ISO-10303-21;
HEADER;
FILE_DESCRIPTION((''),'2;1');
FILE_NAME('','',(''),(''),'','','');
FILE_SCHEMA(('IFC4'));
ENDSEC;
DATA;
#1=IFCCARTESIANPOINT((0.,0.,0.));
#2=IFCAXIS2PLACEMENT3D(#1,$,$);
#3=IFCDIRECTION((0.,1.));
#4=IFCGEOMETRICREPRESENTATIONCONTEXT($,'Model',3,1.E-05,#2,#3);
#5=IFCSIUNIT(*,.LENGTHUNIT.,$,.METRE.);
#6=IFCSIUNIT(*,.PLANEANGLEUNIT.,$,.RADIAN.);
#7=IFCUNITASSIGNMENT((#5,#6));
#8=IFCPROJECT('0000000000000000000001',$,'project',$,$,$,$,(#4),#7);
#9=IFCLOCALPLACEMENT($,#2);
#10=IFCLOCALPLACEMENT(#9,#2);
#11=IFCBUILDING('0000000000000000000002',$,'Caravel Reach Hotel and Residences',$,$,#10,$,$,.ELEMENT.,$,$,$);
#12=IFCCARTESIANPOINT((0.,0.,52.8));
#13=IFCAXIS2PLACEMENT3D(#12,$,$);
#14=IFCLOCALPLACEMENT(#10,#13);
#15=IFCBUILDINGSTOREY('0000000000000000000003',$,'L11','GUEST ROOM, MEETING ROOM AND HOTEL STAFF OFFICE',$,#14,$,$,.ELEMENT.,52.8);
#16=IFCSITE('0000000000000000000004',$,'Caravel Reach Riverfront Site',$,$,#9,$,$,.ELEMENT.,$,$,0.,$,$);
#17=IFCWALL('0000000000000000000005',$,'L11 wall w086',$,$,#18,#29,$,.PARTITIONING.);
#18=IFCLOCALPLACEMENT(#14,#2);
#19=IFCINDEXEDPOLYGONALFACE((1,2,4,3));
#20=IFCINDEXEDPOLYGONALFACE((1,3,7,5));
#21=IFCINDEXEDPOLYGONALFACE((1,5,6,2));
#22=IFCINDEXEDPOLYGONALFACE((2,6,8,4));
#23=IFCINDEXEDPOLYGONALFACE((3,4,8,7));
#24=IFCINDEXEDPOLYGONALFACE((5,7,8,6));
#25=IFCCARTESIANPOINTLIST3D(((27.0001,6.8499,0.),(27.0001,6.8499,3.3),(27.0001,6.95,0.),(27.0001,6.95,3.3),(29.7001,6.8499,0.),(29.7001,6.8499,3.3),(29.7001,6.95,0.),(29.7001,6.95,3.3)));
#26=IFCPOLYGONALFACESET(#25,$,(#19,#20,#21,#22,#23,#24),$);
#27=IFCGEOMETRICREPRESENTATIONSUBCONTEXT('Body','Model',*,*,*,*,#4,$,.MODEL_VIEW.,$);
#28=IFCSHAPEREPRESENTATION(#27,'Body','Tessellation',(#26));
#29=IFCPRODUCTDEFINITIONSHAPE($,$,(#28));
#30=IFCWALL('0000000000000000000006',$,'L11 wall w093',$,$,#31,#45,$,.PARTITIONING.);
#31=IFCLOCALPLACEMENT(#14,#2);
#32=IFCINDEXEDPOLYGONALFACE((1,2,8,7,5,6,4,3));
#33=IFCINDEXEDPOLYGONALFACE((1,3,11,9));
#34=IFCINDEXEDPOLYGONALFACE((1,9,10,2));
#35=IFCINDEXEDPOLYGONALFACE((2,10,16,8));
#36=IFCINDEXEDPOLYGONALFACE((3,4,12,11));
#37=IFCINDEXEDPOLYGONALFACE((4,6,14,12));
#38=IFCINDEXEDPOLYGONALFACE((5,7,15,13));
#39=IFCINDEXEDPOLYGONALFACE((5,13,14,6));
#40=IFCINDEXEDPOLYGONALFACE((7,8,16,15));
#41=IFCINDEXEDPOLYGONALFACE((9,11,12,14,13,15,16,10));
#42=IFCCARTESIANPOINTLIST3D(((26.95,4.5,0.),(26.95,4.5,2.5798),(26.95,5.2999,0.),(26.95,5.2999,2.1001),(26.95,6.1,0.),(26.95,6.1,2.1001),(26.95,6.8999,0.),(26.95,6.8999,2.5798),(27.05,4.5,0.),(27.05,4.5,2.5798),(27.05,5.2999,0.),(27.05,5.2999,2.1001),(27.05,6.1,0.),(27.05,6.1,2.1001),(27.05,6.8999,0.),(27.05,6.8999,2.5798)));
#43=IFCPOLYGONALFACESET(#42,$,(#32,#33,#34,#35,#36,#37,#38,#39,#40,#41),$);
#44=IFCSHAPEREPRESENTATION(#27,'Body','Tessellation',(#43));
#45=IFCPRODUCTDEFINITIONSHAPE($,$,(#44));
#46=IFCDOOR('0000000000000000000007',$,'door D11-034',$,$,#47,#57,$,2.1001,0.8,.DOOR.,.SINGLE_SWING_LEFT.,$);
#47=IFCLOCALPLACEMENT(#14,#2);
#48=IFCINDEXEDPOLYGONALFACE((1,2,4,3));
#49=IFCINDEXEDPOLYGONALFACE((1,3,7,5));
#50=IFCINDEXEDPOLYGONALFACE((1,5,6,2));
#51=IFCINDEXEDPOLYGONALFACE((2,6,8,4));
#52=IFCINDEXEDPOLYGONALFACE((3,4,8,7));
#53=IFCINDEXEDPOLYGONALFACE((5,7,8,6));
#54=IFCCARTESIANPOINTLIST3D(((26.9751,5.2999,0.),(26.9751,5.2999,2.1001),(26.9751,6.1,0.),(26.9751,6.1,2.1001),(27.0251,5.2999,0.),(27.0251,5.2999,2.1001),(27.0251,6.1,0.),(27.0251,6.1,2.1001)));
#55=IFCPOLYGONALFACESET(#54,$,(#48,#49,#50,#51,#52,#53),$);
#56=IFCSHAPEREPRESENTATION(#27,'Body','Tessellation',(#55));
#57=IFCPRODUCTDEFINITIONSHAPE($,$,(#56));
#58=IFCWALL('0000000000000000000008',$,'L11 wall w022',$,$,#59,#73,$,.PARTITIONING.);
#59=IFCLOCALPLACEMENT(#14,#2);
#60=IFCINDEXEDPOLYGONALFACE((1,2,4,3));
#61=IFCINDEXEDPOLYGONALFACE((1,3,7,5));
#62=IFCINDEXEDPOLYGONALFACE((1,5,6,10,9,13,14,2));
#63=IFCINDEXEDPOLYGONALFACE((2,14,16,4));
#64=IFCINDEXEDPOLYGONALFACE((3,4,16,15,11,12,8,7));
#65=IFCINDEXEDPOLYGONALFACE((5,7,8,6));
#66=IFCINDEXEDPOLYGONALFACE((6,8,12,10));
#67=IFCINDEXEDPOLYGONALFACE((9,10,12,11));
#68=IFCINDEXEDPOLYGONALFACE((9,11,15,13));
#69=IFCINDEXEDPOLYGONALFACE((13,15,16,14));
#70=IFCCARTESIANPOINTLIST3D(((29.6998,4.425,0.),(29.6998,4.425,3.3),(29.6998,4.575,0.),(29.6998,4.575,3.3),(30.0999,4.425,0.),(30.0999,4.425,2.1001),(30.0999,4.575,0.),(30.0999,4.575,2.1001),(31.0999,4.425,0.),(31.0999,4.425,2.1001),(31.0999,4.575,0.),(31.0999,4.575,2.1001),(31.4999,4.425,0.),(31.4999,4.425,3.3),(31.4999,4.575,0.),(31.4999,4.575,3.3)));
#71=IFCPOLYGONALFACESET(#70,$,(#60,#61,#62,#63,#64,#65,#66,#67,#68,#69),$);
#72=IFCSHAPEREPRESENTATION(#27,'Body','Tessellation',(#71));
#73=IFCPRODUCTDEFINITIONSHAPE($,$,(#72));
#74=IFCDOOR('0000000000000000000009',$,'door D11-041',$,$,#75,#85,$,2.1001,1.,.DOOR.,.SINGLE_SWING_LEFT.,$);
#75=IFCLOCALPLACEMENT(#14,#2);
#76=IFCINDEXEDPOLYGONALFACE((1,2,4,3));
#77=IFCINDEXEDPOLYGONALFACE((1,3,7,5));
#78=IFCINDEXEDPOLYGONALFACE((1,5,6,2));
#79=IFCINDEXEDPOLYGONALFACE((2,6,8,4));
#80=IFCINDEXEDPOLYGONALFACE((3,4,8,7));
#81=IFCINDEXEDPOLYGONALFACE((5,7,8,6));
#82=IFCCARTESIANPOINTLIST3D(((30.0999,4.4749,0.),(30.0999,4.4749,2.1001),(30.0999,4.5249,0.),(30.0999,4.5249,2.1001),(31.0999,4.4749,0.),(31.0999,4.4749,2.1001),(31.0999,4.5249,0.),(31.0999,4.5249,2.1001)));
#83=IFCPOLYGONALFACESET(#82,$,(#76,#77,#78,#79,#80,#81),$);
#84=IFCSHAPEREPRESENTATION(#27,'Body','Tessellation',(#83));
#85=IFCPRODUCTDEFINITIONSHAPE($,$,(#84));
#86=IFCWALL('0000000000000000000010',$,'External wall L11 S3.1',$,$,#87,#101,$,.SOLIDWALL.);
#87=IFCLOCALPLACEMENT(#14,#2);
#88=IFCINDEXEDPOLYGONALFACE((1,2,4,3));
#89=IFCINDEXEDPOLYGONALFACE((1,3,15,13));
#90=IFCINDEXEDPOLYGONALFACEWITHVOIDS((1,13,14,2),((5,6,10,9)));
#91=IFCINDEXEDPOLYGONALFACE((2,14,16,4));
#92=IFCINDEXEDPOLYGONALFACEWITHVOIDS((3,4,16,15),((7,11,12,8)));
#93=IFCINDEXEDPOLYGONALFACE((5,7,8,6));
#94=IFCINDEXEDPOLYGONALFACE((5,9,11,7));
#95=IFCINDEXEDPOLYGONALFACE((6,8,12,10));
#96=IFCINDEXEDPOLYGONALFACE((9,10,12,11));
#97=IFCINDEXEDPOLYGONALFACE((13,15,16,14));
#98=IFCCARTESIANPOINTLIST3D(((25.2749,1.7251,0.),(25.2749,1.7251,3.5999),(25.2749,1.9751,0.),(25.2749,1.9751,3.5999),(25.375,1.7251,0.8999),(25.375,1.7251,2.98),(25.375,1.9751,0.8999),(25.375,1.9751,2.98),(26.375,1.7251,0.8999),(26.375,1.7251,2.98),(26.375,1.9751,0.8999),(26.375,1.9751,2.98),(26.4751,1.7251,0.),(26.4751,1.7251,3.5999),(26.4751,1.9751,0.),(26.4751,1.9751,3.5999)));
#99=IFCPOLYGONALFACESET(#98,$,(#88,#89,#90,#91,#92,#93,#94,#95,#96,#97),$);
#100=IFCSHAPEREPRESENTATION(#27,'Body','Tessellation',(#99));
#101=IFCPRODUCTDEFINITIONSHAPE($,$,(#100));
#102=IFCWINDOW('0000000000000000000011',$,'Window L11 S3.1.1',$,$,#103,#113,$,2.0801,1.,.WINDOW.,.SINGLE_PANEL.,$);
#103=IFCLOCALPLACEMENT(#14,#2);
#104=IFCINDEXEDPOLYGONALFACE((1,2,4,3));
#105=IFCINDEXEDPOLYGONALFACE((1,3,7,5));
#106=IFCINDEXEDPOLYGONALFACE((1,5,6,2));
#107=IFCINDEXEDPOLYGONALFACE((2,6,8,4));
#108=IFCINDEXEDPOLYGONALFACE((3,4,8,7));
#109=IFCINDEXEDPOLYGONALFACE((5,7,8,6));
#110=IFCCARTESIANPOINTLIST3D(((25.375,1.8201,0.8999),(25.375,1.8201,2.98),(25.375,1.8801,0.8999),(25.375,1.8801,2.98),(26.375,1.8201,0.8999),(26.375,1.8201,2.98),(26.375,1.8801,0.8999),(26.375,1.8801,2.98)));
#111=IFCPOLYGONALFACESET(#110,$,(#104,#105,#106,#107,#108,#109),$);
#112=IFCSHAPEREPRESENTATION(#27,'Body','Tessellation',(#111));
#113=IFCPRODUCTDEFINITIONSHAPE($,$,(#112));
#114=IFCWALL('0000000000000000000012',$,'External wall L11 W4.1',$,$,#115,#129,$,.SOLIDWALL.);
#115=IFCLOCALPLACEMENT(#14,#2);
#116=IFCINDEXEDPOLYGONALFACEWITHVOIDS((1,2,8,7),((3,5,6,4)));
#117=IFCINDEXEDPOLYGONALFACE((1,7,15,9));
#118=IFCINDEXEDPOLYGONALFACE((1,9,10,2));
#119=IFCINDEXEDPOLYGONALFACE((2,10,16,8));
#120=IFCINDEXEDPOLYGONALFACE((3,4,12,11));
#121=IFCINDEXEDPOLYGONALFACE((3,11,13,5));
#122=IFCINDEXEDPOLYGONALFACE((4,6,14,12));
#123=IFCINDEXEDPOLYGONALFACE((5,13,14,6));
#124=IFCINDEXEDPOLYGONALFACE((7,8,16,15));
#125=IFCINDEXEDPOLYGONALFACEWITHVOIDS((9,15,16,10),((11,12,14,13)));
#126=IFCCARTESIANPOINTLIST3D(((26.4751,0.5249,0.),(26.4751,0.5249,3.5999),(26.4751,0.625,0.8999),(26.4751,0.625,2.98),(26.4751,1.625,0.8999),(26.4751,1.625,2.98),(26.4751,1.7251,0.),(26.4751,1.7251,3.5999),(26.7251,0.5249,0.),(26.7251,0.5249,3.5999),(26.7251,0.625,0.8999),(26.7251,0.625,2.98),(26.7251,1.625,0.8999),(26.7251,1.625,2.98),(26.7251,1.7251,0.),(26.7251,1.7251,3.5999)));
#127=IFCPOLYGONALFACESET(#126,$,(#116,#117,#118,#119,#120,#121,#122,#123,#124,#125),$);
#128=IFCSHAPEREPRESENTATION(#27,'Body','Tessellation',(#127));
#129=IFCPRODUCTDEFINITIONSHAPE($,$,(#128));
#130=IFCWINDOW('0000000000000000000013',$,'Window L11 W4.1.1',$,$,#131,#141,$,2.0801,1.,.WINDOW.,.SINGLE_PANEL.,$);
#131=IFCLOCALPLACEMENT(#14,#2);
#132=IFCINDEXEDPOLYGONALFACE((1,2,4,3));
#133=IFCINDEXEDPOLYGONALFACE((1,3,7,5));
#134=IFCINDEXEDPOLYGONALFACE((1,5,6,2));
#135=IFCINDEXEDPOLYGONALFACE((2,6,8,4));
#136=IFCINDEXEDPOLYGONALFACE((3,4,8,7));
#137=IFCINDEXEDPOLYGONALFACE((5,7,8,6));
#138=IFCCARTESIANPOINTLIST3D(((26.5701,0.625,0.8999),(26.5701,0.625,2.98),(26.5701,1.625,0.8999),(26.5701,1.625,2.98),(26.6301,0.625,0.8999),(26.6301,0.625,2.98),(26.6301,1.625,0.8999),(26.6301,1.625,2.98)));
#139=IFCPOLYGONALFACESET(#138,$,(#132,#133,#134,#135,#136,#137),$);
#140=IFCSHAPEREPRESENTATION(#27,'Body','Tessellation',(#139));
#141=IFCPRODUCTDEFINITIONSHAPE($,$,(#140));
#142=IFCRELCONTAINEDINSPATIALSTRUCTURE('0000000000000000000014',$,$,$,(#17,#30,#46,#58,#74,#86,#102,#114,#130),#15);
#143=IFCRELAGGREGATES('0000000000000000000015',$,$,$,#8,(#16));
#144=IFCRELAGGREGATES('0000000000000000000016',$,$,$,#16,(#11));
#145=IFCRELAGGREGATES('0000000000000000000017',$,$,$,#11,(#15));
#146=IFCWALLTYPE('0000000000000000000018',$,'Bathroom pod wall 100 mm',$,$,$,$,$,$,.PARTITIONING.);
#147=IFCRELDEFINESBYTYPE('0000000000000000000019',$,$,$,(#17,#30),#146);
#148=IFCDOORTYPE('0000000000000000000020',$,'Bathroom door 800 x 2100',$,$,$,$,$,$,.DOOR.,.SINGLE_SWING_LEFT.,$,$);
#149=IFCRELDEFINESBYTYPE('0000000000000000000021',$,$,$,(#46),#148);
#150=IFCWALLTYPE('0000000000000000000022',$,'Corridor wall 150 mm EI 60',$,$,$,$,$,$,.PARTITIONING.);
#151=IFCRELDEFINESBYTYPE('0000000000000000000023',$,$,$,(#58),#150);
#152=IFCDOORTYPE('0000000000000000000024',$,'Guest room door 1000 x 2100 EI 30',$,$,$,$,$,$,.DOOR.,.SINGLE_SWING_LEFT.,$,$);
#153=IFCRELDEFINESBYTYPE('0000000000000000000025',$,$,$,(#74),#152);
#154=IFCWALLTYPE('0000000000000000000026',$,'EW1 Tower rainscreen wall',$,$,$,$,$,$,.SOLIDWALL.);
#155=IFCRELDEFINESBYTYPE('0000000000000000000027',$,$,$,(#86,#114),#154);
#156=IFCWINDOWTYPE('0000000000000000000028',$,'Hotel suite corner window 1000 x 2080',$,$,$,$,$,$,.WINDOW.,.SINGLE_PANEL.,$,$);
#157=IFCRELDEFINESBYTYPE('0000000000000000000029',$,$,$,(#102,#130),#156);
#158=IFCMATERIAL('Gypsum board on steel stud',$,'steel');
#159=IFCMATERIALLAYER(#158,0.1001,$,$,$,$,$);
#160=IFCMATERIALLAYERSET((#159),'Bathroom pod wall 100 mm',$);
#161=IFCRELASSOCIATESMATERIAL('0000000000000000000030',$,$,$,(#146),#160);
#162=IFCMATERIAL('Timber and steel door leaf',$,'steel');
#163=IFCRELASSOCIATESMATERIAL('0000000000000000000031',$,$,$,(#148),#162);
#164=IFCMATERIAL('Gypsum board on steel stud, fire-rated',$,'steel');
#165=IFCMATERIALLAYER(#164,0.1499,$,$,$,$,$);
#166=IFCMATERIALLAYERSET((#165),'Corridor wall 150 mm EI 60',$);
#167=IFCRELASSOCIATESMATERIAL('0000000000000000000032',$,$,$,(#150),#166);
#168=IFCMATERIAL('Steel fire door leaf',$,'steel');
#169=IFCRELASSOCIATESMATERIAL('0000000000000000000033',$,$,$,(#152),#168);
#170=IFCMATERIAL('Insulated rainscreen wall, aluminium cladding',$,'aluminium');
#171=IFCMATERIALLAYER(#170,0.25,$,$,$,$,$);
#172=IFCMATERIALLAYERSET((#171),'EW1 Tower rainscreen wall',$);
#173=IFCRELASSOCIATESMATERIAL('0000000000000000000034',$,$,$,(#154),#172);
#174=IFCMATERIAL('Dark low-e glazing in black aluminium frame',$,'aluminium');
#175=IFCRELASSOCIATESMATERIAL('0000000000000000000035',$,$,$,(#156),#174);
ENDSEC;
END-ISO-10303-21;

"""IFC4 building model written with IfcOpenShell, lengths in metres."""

from ifc_helpers import new_model, si_unit, direction, frame, frame_2d, origin, place, context, subcontext, project, spatial, rectangle, extrude, material, layer, layer_set, type_object, element, fill, save


model = new_model("IFC4")

# Units and contexts
model_context = context("Model", 3, precision=1e-05, world=origin(), true_north=direction((0.0, 1.0)))
body_context = subcontext(model_context, "Body", "Model", "MODEL_VIEW")
ifc_project = project(units=[si_unit("LENGTHUNIT", "METRE"), si_unit("PLANEANGLEUNIT", "RADIAN")], contexts=[model_context])

# Site, building, storey
site_placement = place(None, origin())
site = spatial("IfcSite", under=ifc_project, at=site_placement, Name="Caravel Reach Riverfront Site", CompositionType="ELEMENT", RefElevation=0.0)
building_placement = place(site_placement, origin())
building = spatial("IfcBuilding", under=site, at=building_placement, Name="Caravel Reach Hotel and Residences", CompositionType="ELEMENT")
storey_placement = place(building_placement, frame((0.0, 0.0, 52.8)))
storey = spatial("IfcBuildingStorey", under=building, at=storey_placement, Name="L11", Description="GUEST ROOM, MEETING ROOM AND HOTEL STAFF OFFICE", CompositionType="ELEMENT", Elevation=52.8)

# Wall
ifc_material_1 = material(Name="Gypsum board on steel stud", Category="steel")
ifc_layer_1 = layer(ifc_material_1, 0.1001)
ifc_layer_set_1 = layer_set([ifc_layer_1], Name="Bathroom pod wall 100 mm")
wall_type_1 = type_object("IfcWallType", Name="Bathroom pod wall 100 mm", PredefinedType="PARTITIONING", material=ifc_layer_set_1)
wall_1_placement = place(storey_placement, frame((27.0, 6.8999, 0.0), z_axis=(0.0, 0.0, 1.0), x_axis=(1.0, 0.0, 0.0)))
element("IfcWall", 1, at=wall_1_placement, inside=storey, type_object=wall_type_1, Name="L11 wall w086", PredefinedType="PARTITIONING", context=body_context, shape_type="SweptSolid", body=[
    extrude(rectangle(XDim=2.7, YDim=0.1001, at=frame_2d((1.3501, 0.0))), origin(), (0.0, 0.0, 1.0), 3.3),
])

# Walls, openings, doors
wall_2_placement = place(storey_placement, frame((27.0, 4.5, 0.0), z_axis=(0.0, 0.0, 1.0), x_axis=(0.0, 1.0, 0.0)))
wall_2 = element("IfcWall", 2, at=wall_2_placement, inside=storey, type_object=wall_type_1, Name="L11 wall w093", PredefinedType="PARTITIONING", context=body_context, shape_type="SweptSolid", body=[
    extrude(rectangle(XDim=2.3999, YDim=0.1001, at=frame_2d((1.2, 0.0))), origin(), (0.0, 0.0, 1.0), 2.5798),
])
opening_1_placement = place(wall_2_placement, frame((0.8, 0.0, 0.0)))
opening_1 = element("IfcOpeningElement", 3, at=opening_1_placement, cuts=wall_2, PredefinedType="OPENING", context=body_context, shape_type="SweptSolid", body=[
    extrude(rectangle(XDim=0.8, YDim=2.1001, at=frame_2d((0.3999, 1.05))), frame((0.0, 0.0601, 0.0), z_axis=(0.0, -1.0, 0.0), x_axis=(1.0, 0.0, 0.0)), (0.0, 0.0, 1.0), 0.1201),
])
ifc_material_2 = material(Name="Timber and steel door leaf", Category="steel")
door_type_1 = type_object("IfcDoorType", Name="Bathroom door 800 x 2100", OperationType="SINGLE_SWING_LEFT", PredefinedType="DOOR", material=ifc_material_2)
door_1_placement = place(opening_1_placement, origin())
door_1 = element("IfcDoor", 4, at=door_1_placement, inside=storey, type_object=door_type_1, Name="door D11-034", OperationType="SINGLE_SWING_LEFT", OverallHeight=2.1001, OverallWidth=0.8, PredefinedType="DOOR", context=body_context, shape_type="SweptSolid", body=[
    extrude(rectangle(XDim=0.8, YDim=2.1001, at=frame_2d((0.3999, 1.05))), frame((0.0, 0.0249, 0.0), z_axis=(0.0, -1.0, 0.0), x_axis=(1.0, 0.0, 0.0)), (0.0, 0.0, 1.0), 0.05),
])
fill(opening_1, door_1)
ifc_material_3 = material(Name="Gypsum board on steel stud, fire-rated", Category="steel")
ifc_layer_2 = layer(ifc_material_3, 0.1499)
ifc_layer_set_2 = layer_set([ifc_layer_2], Name="Corridor wall 150 mm EI 60")
wall_type_2 = type_object("IfcWallType", Name="Corridor wall 150 mm EI 60", PredefinedType="PARTITIONING", material=ifc_layer_set_2)
wall_3_placement = place(storey_placement, frame((29.7, 4.5, 0.0), z_axis=(0.0, 0.0, 1.0), x_axis=(1.0, 0.0, 0.0)))
wall_3 = element("IfcWall", 5, at=wall_3_placement, inside=storey, type_object=wall_type_2, Name="L11 wall w022", PredefinedType="PARTITIONING", context=body_context, shape_type="SweptSolid", body=[
    extrude(rectangle(XDim=1.8, YDim=0.1499, at=frame_2d((0.8999, 0.0))), origin(), (0.0, 0.0, 1.0), 3.3),
])
opening_2_placement = place(wall_3_placement, frame((0.3999, 0.0, 0.0)))
opening_2 = element("IfcOpeningElement", 6, at=opening_2_placement, cuts=wall_3, PredefinedType="OPENING", context=body_context, shape_type="SweptSolid", body=[
    extrude(rectangle(XDim=1.0, YDim=2.1001, at=frame_2d((0.5, 1.05))), frame((0.0, 0.085, 0.0), z_axis=(0.0, -1.0, 0.0), x_axis=(1.0, 0.0, 0.0)), (0.0, 0.0, 1.0), 0.1699),
])
ifc_material_4 = material(Name="Steel fire door leaf", Category="steel")
door_type_2 = type_object("IfcDoorType", Name="Guest room door 1000 x 2100 EI 30", OperationType="SINGLE_SWING_LEFT", PredefinedType="DOOR", material=ifc_material_4)
door_2_placement = place(opening_2_placement, origin())
door_2 = element("IfcDoor", 7, at=door_2_placement, inside=storey, type_object=door_type_2, Name="door D11-041", OperationType="SINGLE_SWING_LEFT", OverallHeight=2.1001, OverallWidth=1.0, PredefinedType="DOOR", context=body_context, shape_type="SweptSolid", body=[
    extrude(rectangle(XDim=1.0, YDim=2.1001, at=frame_2d((0.5, 1.05))), frame((0.0, 0.0249, 0.0), z_axis=(0.0, -1.0, 0.0), x_axis=(1.0, 0.0, 0.0)), (0.0, 0.0, 1.0), 0.05),
])
fill(opening_2, door_2)

# Walls, openings, windows
ifc_material_5 = material(Name="Insulated rainscreen wall, aluminium cladding", Category="aluminium")
ifc_layer_3 = layer(ifc_material_5, 0.25)
ifc_layer_set_3 = layer_set([ifc_layer_3], Name="EW1 Tower rainscreen wall")
wall_type_3 = type_object("IfcWallType", Name="EW1 Tower rainscreen wall", PredefinedType="SOLIDWALL", material=ifc_layer_set_3)
wall_4_placement = place(storey_placement, frame((25.2749, 1.8501, 0.0), z_axis=(0.0, 0.0, 1.0), x_axis=(1.0, 0.0, 0.0)))
wall_4 = element("IfcWall", 8, at=wall_4_placement, inside=storey, type_object=wall_type_3, Name="External wall L11 S3.1", PredefinedType="SOLIDWALL", context=body_context, shape_type="SweptSolid", body=[
    extrude(rectangle(XDim=1.2002, YDim=0.25, at=frame_2d((0.6001, 0.0))), origin(), (0.0, 0.0, 1.0), 3.5999),
])
opening_3_placement = place(wall_4_placement, frame((0.1001, 0.0, 0.8999)))
opening_3 = element("IfcOpeningElement", 9, at=opening_3_placement, cuts=wall_4, PredefinedType="OPENING", context=body_context, shape_type="SweptSolid", body=[
    extrude(rectangle(XDim=1.0, YDim=2.0801, at=frame_2d((0.5, 1.04))), frame((0.0, 0.135, 0.0), z_axis=(0.0, -1.0, 0.0), x_axis=(1.0, 0.0, 0.0)), (0.0, 0.0, 1.0), 0.27),
])
ifc_material_6 = material(Name="Dark low-e glazing in black aluminium frame", Category="aluminium")
window_type_1 = type_object("IfcWindowType", Name="Hotel suite corner window 1000 x 2080", PartitioningType="SINGLE_PANEL", PredefinedType="WINDOW", material=ifc_material_6)
window_1_placement = place(opening_3_placement, origin())
window_1 = element("IfcWindow", 10, at=window_1_placement, inside=storey, type_object=window_type_1, Name="Window L11 S3.1.1", OverallHeight=2.0801, OverallWidth=1.0, PartitioningType="SINGLE_PANEL", PredefinedType="WINDOW", context=body_context, shape_type="SweptSolid", body=[
    extrude(rectangle(XDim=1.0, YDim=2.0801, at=frame_2d((0.5, 1.04))), frame((0.0, 0.03, 0.0), z_axis=(0.0, -1.0, 0.0), x_axis=(1.0, 0.0, 0.0)), (0.0, 0.0, 1.0), 0.0601),
])
fill(opening_3, window_1)
wall_5_placement = place(storey_placement, frame((26.6001, 1.7251, 0.0), z_axis=(0.0, 0.0, 1.0), x_axis=(0.0, -1.0, 0.0)))
wall_5 = element("IfcWall", 11, at=wall_5_placement, inside=storey, type_object=wall_type_3, Name="External wall L11 W4.1", PredefinedType="SOLIDWALL", context=body_context, shape_type="SweptSolid", body=[
    extrude(rectangle(XDim=1.2002, YDim=0.25, at=frame_2d((0.6001, 0.0))), origin(), (0.0, 0.0, 1.0), 3.5999),
])
opening_4_placement = place(wall_5_placement, frame((0.1001, 0.0, 0.8999)))
opening_4 = element("IfcOpeningElement", 12, at=opening_4_placement, cuts=wall_5, PredefinedType="OPENING", context=body_context, shape_type="SweptSolid", body=[
    extrude(rectangle(XDim=1.0, YDim=2.0801, at=frame_2d((0.5, 1.04))), frame((0.0, 0.135, 0.0), z_axis=(0.0, -1.0, 0.0), x_axis=(1.0, 0.0, 0.0)), (0.0, 0.0, 1.0), 0.27),
])
window_2_placement = place(opening_4_placement, origin())
window_2 = element("IfcWindow", 13, at=window_2_placement, inside=storey, type_object=window_type_1, Name="Window L11 W4.1.1", OverallHeight=2.0801, OverallWidth=1.0, PartitioningType="SINGLE_PANEL", PredefinedType="WINDOW", context=body_context, shape_type="SweptSolid", body=[
    extrude(rectangle(XDim=1.0, YDim=2.0801, at=frame_2d((0.5, 1.04))), frame((0.0, 0.03, 0.0), z_axis=(0.0, -1.0, 0.0), x_axis=(1.0, 0.0, 0.0)), (0.0, 0.0, 1.0), 0.0601),
])
fill(opening_4, window_2)

save(model, "model.ifc")
